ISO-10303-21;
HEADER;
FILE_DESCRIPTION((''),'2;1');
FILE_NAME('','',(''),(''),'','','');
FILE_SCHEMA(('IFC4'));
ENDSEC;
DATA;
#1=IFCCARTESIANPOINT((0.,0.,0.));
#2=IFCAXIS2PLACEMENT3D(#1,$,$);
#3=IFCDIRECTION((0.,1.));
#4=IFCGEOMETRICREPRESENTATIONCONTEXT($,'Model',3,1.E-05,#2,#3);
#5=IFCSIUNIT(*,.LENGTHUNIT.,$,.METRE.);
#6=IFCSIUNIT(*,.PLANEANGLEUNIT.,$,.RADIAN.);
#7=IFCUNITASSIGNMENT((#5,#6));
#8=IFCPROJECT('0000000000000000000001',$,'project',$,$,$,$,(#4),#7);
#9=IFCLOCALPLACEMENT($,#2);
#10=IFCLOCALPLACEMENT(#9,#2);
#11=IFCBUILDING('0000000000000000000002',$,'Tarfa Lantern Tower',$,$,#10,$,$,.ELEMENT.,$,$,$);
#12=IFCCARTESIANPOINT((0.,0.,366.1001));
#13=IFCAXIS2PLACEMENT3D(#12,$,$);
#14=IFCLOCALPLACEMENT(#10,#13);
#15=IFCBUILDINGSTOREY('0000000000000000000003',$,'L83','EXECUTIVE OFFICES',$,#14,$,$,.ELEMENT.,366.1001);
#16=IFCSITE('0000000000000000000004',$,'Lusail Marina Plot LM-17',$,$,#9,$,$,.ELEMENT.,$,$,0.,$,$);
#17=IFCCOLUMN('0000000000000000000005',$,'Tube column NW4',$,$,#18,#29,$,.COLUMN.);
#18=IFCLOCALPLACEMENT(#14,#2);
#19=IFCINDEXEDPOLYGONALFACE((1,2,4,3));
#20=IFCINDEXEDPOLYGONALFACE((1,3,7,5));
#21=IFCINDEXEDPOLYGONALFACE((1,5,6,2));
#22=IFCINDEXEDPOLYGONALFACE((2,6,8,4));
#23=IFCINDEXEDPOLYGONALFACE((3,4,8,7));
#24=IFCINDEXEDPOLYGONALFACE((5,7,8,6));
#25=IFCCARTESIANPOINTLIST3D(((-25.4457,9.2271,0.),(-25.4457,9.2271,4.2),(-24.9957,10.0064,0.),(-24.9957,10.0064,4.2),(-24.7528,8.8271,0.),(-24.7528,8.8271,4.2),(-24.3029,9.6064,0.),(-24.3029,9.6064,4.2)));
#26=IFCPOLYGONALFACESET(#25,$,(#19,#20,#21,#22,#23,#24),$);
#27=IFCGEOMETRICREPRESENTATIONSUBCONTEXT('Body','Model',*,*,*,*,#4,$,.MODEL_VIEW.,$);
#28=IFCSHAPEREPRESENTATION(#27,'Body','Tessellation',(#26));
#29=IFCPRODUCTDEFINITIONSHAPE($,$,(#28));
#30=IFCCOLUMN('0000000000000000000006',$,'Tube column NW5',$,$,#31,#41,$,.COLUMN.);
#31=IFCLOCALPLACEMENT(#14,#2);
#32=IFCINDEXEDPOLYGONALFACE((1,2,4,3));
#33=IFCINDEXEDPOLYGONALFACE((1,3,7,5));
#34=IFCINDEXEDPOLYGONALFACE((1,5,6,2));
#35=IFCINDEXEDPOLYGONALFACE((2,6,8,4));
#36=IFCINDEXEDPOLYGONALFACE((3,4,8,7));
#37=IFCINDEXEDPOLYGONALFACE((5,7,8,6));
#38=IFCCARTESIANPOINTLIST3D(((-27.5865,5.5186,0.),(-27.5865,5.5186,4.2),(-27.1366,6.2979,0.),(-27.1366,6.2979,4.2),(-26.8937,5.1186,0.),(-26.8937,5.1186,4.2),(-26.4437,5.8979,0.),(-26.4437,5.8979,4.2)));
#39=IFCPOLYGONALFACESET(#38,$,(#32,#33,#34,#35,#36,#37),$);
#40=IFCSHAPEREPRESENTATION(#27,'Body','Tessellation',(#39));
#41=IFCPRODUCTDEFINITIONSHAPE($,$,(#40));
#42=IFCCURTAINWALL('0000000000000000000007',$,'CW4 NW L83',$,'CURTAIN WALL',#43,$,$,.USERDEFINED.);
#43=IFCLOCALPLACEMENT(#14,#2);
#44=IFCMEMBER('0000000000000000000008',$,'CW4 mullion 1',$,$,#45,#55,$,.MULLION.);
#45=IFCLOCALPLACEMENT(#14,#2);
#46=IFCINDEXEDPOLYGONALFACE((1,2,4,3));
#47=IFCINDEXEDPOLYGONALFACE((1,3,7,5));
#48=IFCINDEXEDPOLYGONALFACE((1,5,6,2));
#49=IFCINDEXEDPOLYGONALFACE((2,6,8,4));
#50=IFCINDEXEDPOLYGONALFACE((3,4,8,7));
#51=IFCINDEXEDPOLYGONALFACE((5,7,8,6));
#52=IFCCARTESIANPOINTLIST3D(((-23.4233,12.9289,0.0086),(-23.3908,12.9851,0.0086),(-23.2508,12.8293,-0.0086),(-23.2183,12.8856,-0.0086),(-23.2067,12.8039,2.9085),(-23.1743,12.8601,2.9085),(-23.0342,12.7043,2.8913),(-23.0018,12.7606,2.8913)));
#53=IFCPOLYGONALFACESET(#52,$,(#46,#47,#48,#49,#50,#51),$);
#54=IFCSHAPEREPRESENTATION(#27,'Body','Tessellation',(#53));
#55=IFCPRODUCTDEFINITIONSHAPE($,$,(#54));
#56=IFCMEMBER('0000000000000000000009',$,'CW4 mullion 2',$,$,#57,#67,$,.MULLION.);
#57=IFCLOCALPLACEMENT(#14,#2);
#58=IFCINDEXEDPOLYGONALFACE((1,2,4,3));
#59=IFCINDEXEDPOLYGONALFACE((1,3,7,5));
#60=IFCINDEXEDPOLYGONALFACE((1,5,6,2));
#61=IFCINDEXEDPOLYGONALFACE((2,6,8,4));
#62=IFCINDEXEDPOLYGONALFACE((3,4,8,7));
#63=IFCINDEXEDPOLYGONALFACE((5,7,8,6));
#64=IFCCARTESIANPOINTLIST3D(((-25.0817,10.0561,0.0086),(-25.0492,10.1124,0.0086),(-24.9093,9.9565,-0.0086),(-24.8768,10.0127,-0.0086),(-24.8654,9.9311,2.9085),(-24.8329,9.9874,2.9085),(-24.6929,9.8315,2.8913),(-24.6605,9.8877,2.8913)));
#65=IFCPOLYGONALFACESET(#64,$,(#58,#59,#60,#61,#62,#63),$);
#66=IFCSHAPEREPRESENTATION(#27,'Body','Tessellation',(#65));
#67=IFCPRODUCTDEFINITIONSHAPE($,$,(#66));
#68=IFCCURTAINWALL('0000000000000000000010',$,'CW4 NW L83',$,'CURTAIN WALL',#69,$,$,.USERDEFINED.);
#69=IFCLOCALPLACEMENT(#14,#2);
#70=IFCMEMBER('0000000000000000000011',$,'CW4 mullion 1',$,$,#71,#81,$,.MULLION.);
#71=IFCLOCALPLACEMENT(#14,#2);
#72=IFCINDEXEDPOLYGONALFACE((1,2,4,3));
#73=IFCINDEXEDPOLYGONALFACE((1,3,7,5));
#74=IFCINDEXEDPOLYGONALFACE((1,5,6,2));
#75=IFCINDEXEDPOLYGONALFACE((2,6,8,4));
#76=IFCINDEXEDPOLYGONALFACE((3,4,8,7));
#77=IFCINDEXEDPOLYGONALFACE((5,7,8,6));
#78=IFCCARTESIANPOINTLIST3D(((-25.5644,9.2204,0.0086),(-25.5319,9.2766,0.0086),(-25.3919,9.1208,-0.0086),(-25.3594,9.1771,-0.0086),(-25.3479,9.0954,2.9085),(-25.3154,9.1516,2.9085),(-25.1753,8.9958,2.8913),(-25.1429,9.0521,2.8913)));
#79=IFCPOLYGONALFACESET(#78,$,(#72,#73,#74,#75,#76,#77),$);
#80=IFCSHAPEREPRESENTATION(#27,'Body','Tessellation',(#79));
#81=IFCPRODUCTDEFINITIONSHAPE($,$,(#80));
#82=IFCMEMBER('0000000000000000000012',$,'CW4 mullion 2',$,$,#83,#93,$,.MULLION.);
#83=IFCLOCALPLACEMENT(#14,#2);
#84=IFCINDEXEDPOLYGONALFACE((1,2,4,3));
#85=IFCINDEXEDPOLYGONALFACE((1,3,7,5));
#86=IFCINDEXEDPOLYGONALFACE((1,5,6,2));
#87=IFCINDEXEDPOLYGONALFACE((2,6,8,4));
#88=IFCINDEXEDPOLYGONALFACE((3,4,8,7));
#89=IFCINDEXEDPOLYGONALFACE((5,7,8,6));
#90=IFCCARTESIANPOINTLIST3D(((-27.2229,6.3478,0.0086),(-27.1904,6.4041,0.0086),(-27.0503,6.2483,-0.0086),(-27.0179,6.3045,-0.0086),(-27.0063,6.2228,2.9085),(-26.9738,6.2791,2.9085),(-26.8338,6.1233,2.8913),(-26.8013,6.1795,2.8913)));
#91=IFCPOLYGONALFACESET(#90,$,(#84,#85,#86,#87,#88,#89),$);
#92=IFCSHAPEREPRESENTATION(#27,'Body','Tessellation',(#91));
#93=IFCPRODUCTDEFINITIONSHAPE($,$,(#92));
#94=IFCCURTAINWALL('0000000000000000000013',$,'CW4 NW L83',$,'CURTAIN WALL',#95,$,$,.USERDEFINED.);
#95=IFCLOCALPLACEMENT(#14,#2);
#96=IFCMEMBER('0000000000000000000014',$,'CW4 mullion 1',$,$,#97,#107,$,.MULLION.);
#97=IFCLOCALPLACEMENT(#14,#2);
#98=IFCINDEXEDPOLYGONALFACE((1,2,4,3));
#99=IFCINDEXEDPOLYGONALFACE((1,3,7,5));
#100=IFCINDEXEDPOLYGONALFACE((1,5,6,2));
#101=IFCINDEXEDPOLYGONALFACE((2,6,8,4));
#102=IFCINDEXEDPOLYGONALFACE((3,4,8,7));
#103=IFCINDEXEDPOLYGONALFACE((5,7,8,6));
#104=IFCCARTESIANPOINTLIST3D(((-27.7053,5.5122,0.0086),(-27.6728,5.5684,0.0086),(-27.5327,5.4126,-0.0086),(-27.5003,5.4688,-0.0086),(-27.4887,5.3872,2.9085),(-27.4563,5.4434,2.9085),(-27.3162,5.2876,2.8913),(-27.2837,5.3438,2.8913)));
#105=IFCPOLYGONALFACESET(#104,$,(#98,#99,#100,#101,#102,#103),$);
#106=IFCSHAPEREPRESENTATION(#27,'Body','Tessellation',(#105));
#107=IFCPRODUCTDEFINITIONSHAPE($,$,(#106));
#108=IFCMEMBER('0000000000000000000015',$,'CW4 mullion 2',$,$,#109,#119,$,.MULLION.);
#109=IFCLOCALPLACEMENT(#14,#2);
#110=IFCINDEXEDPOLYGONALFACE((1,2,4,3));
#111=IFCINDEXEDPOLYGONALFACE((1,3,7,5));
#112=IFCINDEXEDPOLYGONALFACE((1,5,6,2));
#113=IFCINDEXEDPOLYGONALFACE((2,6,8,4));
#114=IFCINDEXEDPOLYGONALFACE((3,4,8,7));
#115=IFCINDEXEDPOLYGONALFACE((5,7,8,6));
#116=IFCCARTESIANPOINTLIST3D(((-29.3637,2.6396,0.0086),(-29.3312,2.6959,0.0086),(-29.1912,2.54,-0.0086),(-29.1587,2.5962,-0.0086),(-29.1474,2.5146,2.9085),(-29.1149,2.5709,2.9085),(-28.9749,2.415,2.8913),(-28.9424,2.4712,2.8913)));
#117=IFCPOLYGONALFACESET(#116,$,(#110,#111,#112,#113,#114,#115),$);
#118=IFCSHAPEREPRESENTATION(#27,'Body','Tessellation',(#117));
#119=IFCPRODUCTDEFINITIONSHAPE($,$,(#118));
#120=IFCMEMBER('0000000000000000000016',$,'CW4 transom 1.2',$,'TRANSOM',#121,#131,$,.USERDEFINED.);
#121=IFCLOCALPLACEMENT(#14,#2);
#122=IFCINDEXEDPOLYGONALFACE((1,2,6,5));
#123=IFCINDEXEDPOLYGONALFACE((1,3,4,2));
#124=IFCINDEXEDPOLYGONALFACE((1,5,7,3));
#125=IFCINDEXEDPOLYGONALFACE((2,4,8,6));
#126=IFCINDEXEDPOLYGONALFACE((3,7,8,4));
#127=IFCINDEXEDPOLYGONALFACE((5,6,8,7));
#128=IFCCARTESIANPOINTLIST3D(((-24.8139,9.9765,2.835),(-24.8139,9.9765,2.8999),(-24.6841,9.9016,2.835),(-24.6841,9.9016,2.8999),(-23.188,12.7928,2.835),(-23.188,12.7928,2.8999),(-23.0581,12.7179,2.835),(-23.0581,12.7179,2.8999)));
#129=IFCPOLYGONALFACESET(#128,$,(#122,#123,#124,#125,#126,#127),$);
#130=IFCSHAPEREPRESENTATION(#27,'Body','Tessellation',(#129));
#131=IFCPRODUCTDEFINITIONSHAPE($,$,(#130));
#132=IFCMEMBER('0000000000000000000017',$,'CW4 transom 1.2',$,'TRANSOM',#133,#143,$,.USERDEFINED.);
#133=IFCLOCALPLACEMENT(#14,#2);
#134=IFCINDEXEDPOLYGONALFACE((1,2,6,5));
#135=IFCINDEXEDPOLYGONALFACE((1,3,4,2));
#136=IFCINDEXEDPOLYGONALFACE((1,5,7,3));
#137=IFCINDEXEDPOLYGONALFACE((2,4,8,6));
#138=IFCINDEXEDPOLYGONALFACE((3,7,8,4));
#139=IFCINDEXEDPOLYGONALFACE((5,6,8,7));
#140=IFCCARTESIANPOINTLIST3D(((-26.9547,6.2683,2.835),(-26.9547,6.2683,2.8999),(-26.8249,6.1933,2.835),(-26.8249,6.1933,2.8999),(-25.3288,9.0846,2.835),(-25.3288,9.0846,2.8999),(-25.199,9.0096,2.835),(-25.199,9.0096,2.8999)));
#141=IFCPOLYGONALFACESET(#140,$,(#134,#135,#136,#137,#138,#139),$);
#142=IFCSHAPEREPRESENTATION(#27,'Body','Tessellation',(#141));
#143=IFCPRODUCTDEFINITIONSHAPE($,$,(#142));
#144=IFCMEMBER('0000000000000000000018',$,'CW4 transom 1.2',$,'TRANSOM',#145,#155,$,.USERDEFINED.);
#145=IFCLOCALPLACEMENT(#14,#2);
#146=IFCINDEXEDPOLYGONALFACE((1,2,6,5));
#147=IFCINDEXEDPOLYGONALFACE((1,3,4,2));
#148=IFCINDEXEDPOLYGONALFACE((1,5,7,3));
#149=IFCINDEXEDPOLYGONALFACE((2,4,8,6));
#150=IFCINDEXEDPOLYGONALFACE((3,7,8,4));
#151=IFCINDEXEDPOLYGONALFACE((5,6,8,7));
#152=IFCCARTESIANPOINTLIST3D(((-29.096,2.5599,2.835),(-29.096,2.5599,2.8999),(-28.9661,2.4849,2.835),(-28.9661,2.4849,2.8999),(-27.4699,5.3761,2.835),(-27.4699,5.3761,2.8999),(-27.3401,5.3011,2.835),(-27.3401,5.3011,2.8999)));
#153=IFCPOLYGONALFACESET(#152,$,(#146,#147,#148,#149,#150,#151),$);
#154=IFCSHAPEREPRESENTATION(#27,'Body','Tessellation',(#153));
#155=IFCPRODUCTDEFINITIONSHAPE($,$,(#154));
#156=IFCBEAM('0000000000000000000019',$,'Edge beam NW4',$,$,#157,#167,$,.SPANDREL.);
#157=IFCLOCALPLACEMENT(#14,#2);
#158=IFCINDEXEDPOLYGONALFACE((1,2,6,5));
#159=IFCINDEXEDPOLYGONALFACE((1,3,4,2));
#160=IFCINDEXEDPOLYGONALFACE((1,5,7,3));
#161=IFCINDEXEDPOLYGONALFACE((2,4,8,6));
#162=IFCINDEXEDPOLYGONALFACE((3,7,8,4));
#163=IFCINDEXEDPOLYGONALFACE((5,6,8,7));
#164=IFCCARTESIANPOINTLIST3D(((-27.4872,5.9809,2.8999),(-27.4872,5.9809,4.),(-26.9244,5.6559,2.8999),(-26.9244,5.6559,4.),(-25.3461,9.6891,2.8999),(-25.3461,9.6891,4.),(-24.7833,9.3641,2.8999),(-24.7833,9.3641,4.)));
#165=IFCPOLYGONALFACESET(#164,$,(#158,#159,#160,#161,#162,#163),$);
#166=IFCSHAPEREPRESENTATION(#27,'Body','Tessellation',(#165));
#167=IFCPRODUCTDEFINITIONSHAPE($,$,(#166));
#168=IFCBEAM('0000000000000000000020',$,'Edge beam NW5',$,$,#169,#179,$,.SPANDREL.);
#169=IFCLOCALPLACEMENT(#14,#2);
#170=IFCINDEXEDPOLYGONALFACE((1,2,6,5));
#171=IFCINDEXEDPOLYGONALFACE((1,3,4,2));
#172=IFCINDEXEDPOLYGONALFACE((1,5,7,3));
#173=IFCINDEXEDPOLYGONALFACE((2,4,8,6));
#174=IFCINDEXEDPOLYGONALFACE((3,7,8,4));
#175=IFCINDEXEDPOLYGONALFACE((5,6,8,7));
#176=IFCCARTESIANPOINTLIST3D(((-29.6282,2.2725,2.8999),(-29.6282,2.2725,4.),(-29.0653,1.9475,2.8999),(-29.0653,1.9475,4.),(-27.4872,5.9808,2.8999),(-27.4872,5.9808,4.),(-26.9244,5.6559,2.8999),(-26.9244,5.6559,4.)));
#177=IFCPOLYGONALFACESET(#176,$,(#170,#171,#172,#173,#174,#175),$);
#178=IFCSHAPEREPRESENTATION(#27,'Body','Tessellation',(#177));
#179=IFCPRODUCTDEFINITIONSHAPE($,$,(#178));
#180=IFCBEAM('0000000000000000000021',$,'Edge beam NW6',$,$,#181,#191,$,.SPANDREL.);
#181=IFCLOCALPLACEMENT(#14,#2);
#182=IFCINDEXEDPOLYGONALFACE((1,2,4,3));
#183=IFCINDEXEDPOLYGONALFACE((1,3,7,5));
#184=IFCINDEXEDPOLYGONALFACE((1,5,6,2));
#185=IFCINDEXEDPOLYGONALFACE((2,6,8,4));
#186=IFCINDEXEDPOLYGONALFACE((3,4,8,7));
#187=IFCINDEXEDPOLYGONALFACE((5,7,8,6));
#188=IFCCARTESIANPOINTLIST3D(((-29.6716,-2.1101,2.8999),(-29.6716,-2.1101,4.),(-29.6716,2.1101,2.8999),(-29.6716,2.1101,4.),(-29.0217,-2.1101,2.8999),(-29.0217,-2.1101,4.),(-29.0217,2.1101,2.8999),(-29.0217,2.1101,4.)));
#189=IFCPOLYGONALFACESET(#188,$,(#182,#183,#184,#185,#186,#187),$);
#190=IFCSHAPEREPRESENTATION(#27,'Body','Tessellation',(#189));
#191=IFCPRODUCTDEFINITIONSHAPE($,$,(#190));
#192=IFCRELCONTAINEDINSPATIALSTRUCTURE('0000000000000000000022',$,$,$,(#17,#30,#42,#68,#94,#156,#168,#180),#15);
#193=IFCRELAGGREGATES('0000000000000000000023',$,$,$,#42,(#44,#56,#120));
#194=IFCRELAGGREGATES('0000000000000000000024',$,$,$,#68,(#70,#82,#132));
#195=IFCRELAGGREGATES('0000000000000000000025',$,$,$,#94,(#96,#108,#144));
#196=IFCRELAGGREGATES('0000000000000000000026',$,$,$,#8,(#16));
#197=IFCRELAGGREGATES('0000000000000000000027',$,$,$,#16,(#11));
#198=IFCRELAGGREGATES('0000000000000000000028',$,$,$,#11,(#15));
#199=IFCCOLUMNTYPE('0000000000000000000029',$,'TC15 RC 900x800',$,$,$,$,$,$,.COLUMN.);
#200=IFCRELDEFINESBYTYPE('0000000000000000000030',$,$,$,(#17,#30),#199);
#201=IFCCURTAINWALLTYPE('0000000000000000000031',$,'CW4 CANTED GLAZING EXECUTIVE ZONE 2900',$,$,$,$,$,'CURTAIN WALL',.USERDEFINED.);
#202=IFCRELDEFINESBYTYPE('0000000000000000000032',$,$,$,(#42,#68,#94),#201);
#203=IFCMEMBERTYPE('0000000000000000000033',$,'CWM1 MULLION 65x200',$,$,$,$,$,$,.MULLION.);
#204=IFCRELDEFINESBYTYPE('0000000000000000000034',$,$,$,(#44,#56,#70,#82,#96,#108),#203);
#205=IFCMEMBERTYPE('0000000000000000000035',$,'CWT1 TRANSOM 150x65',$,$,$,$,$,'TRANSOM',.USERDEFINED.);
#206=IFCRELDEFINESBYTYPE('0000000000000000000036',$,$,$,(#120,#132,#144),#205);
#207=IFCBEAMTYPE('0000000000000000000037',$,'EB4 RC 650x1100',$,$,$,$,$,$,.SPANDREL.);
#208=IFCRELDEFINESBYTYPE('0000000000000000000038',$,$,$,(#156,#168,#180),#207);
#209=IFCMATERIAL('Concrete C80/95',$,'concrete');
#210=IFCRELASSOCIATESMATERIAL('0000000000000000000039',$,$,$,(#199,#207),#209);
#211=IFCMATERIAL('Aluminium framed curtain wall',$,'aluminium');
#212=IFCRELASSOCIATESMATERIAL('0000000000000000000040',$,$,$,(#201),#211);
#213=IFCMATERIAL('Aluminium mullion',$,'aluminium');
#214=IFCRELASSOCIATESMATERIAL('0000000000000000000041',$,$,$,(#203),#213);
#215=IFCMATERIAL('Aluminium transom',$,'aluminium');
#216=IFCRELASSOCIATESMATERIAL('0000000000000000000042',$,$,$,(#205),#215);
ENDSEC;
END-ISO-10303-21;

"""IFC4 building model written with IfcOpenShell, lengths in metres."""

from ifc_helpers import new_model, si_unit, direction, frame, origin, origin_2d, place, context, subcontext, project, spatial, rectangle, extrude, material, material_profile, profile_set, type_object, element, aggregate, save


model = new_model("IFC4")

# Units and contexts
model_context = context("Model", 3, precision=1e-05, world=origin(), true_north=direction((0.0, 1.0)))
body_context = subcontext(model_context, "Body", "Model", "MODEL_VIEW")
ifc_project = project(units=[si_unit("LENGTHUNIT", "METRE"), si_unit("PLANEANGLEUNIT", "RADIAN")], contexts=[model_context])

# Site, building, storey
site_placement = place(None, origin())
site = spatial("IfcSite", under=ifc_project, at=site_placement, Name="Lusail Marina Plot LM-17", CompositionType="ELEMENT", RefElevation=0.0)
building_placement = place(site_placement, origin())
building = spatial("IfcBuilding", under=site, at=building_placement, Name="Tarfa Lantern Tower", CompositionType="ELEMENT")
storey_placement = place(building_placement, frame((0.0, 0.0, 366.1001)))
storey = spatial("IfcBuildingStorey", under=building, at=storey_placement, Name="L83", Description="EXECUTIVE OFFICES", CompositionType="ELEMENT", Elevation=366.1001)

# Columns
ifc_material_1 = material(Name="Concrete C80/95", Category="concrete")
ifc_material_profile_1 = material_profile(ifc_material_1, rectangle(XDim=0.8999, YDim=0.8, at=origin_2d()), Name="RC 900x800")
ifc_profile_set_1 = profile_set([ifc_material_profile_1], Name="Concrete C80/95")
column_type = type_object("IfcColumnType", Name="TC15 RC 900x800", PredefinedType="COLUMN", material=ifc_profile_set_1)
for number, where, z_axis, x_axis, name in (
    (1, (-24.8743, 9.4167, 0.0), (0.0, 0.0, 1.0), (-0.5, -0.866025, 0.0), "Tube column NW4"),
    (2, (-27.0151, 5.7083, 0.0), (0.0, 0.0, 1.0), (-0.5, -0.866025, 0.0), "Tube column NW5"),
):
    element("IfcColumn", number, at=place(storey_placement, frame(where, z_axis=z_axis, x_axis=x_axis)), inside=storey, type_object=column_type, Name=name, PredefinedType="COLUMN", context=body_context, shape_type="SweptSolid", body=[
        extrude(rectangle(XDim=0.8999, YDim=0.8, at=origin_2d()), origin(), (0.0, 0.0, 1.0), 4.2),
    ])

# Curtain walls, members
ifc_material_2 = material(Name="Aluminium framed curtain wall", Category="aluminium")
curtain_wall_type = type_object("IfcCurtainWallType", Name="CW4 CANTED GLAZING EXECUTIVE ZONE 2900", ElementType="CURTAIN WALL", PredefinedType="USERDEFINED", material=ifc_material_2)
curtain_wall_1_placement = place(storey_placement, origin())
curtain_wall_1 = element("IfcCurtainWall", 3, at=curtain_wall_1_placement, inside=storey, type_object=curtain_wall_type, Name="CW4 NW L83", ObjectType="CURTAIN WALL", PredefinedType="USERDEFINED")
ifc_material_3 = material(Name="Aluminium mullion", Category="aluminium")
ifc_material_profile_2 = material_profile(ifc_material_3, rectangle(XDim=0.0649, YDim=0.2, at=origin_2d()), Name="AL MULLION 65x200")
ifc_profile_set_2 = profile_set([ifc_material_profile_2], Name="Aluminium mullion")
member_type_1 = type_object("IfcMemberType", Name="CWM1 MULLION 65x200", PredefinedType="MULLION", material=ifc_profile_set_2)
member_1_placement = place(storey_placement, frame((-23.3208, 12.9072, 0.0), z_axis=(0.0744, -0.042946, 0.996303), x_axis=(0.49992, 0.866072, 0.0)))
member_1 = element("IfcMember", 4, at=member_1_placement, type_object=member_type_1, Name="CW4 mullion 1", PredefinedType="MULLION", context=body_context, shape_type="SweptSolid", body=[
    extrude(rectangle(XDim=0.0649, YDim=0.2, at=origin_2d()), origin(), (0.0, 0.0, 1.0), 2.9106),
])
member_2_placement = place(storey_placement, frame((-24.9792, 10.0344, 0.0), z_axis=(0.074316, -0.042946, 0.99631), x_axis=(0.500343, 0.865827, 0.0)))
member_2 = element("IfcMember", 5, at=member_2_placement, type_object=member_type_1, Name="CW4 mullion 2", PredefinedType="MULLION", context=body_context, shape_type="SweptSolid", body=[
    extrude(rectangle(XDim=0.0649, YDim=0.2, at=origin_2d()), origin(), (0.0, 0.0, 1.0), 2.9106),
])
curtain_wall_2_placement = place(storey_placement, origin())
curtain_wall_2 = element("IfcCurtainWall", 6, at=curtain_wall_2_placement, inside=storey, type_object=curtain_wall_type, Name="CW4 NW L83", ObjectType="CURTAIN WALL", PredefinedType="USERDEFINED")
member_3_placement = place(storey_placement, frame((-25.4619, 9.1987, 0.0), z_axis=(0.0744, -0.042946, 0.996303), x_axis=(0.49992, 0.866072, 0.0)))
member_3 = element("IfcMember", 7, at=member_3_placement, type_object=member_type_1, Name="CW4 mullion 1", PredefinedType="MULLION", context=body_context, shape_type="SweptSolid", body=[
    extrude(rectangle(XDim=0.0649, YDim=0.2, at=origin_2d()), origin(), (0.0, 0.0, 1.0), 2.9106),
])
member_4_placement = place(storey_placement, frame((-27.1204, 6.3262, 0.0), z_axis=(0.0744, -0.042946, 0.996303), x_axis=(0.49992, 0.866072, 0.0)))
member_4 = element("IfcMember", 8, at=member_4_placement, type_object=member_type_1, Name="CW4 mullion 2", PredefinedType="MULLION", context=body_context, shape_type="SweptSolid", body=[
    extrude(rectangle(XDim=0.0649, YDim=0.2, at=origin_2d()), origin(), (0.0, 0.0, 1.0), 2.9106),
])
curtain_wall_3_placement = place(storey_placement, origin())
curtain_wall_3 = element("IfcCurtainWall", 9, at=curtain_wall_3_placement, inside=storey, type_object=curtain_wall_type, Name="CW4 NW L83", ObjectType="CURTAIN WALL", PredefinedType="USERDEFINED")
member_5_placement = place(storey_placement, frame((-27.6028, 5.4905, 0.0), z_axis=(0.0744, -0.042946, 0.996303), x_axis=(0.49992, 0.866072, 0.0)))
member_5 = element("IfcMember", 10, at=member_5_placement, type_object=member_type_1, Name="CW4 mullion 1", PredefinedType="MULLION", context=body_context, shape_type="SweptSolid", body=[
    extrude(rectangle(XDim=0.0649, YDim=0.2, at=origin_2d()), origin(), (0.0, 0.0, 1.0), 2.9106),
])
member_6_placement = place(storey_placement, frame((-29.2612, 2.6179, 0.0), z_axis=(0.074316, -0.042946, 0.99631), x_axis=(0.500343, 0.865827, 0.0)))
member_6 = element("IfcMember", 11, at=member_6_placement, type_object=member_type_1, Name="CW4 mullion 2", PredefinedType="MULLION", context=body_context, shape_type="SweptSolid", body=[
    extrude(rectangle(XDim=0.0649, YDim=0.2, at=origin_2d()), origin(), (0.0, 0.0, 1.0), 2.9106),
])

# Members
ifc_material_4 = material(Name="Aluminium transom", Category="aluminium")
ifc_material_profile_3 = material_profile(ifc_material_4, rectangle(XDim=0.1499, YDim=0.0649, at=origin_2d()), Name="AL TRANSOM 150x65")
ifc_profile_set_3 = profile_set([ifc_material_profile_3], Name="Aluminium transom")
member_type_2 = type_object("IfcMemberType", Name="CWT1 TRANSOM 150x65", ElementType="TRANSOM", PredefinedType="USERDEFINED", material=ifc_profile_set_3)
member_7_placement = place(storey_placement, frame((-23.123, 12.7554, 2.8674), z_axis=(-0.499982, -0.866036, 0.0), x_axis=(0.866036, -0.499982, 0.0)))
member_7 = element("IfcMember", 12, at=member_7_placement, type_object=member_type_2, Name="CW4 transom 1.2", ObjectType="TRANSOM", PredefinedType="USERDEFINED", context=body_context, shape_type="SweptSolid", body=[
    extrude(rectangle(XDim=0.1499, YDim=0.0649, at=origin_2d()), origin(), (0.0, 0.0, 1.0), 3.252),
])
member_8_placement = place(storey_placement, frame((-25.2639, 9.0471, 2.8674), z_axis=(-0.499982, -0.866036, 0.0), x_axis=(0.866036, -0.499982, 0.0)))
member_8 = element("IfcMember", 13, at=member_8_placement, type_object=member_type_2, Name="CW4 transom 1.2", ObjectType="TRANSOM", PredefinedType="USERDEFINED", context=body_context, shape_type="SweptSolid", body=[
    extrude(rectangle(XDim=0.1499, YDim=0.0649, at=origin_2d()), origin(), (0.0, 0.0, 1.0), 3.252),
])
member_9_placement = place(storey_placement, frame((-27.405, 5.3386, 2.8674), z_axis=(-0.500015, -0.866017, 0.0), x_axis=(0.866017, -0.500015, 0.0)))
member_9 = element("IfcMember", 14, at=member_9_placement, type_object=member_type_2, Name="CW4 transom 1.2", ObjectType="TRANSOM", PredefinedType="USERDEFINED", context=body_context, shape_type="SweptSolid", body=[
    extrude(rectangle(XDim=0.1499, YDim=0.0649, at=origin_2d()), origin(), (0.0, 0.0, 1.0), 3.252),
])

# Beams
ifc_material_profile_4 = material_profile(ifc_material_1, rectangle(XDim=0.6499, YDim=1.1001, at=origin_2d()), Name="RC 650x1100")
ifc_profile_set_4 = profile_set([ifc_material_profile_4], Name="Concrete C80/95")
beam_type_1 = type_object("IfcBeamType", Name="EB4 RC 650x1100", PredefinedType="SPANDREL", material=ifc_profile_set_4)
for number, where, z_axis, x_axis, name in (
    (15, (-25.0647, 9.5266, 3.45), (-0.500027, -0.86601, 0.0), (0.86601, -0.500027, 0.0), "Edge beam NW4"),
    (16, (-27.2058, 5.8184, 3.45), (-0.499984, -0.866035, 0.0), (0.866035, -0.499984, 0.0), "Edge beam NW5"),
):
    element("IfcBeam", number, at=place(storey_placement, frame(where, z_axis=z_axis, x_axis=x_axis)), inside=storey, type_object=beam_type_1, Name=name, PredefinedType="SPANDREL", context=body_context, shape_type="SweptSolid", body=[
        extrude(rectangle(XDim=0.6499, YDim=1.1001, at=origin_2d()), origin(), (0.0, 0.0, 1.0), 4.282),
    ])
beam_1_placement = place(storey_placement, frame((-29.3467, 2.1101, 3.45), z_axis=(0.0, -1.0, 0.0), x_axis=(1.0, 0.0, 0.0)))
element("IfcBeam", 17, at=beam_1_placement, inside=storey, type_object=beam_type_1, Name="Edge beam NW6", PredefinedType="SPANDREL", context=body_context, shape_type="SweptSolid", body=[
    extrude(rectangle(XDim=0.6499, YDim=1.1001, at=origin_2d()), origin(), (0.0, 0.0, 1.0), 4.2202),
])

aggregate(curtain_wall_1, [member_1, member_2, member_7])
aggregate(curtain_wall_2, [member_3, member_4, member_8])
aggregate(curtain_wall_3, [member_5, member_6, member_9])

save(model, "model.ifc")
